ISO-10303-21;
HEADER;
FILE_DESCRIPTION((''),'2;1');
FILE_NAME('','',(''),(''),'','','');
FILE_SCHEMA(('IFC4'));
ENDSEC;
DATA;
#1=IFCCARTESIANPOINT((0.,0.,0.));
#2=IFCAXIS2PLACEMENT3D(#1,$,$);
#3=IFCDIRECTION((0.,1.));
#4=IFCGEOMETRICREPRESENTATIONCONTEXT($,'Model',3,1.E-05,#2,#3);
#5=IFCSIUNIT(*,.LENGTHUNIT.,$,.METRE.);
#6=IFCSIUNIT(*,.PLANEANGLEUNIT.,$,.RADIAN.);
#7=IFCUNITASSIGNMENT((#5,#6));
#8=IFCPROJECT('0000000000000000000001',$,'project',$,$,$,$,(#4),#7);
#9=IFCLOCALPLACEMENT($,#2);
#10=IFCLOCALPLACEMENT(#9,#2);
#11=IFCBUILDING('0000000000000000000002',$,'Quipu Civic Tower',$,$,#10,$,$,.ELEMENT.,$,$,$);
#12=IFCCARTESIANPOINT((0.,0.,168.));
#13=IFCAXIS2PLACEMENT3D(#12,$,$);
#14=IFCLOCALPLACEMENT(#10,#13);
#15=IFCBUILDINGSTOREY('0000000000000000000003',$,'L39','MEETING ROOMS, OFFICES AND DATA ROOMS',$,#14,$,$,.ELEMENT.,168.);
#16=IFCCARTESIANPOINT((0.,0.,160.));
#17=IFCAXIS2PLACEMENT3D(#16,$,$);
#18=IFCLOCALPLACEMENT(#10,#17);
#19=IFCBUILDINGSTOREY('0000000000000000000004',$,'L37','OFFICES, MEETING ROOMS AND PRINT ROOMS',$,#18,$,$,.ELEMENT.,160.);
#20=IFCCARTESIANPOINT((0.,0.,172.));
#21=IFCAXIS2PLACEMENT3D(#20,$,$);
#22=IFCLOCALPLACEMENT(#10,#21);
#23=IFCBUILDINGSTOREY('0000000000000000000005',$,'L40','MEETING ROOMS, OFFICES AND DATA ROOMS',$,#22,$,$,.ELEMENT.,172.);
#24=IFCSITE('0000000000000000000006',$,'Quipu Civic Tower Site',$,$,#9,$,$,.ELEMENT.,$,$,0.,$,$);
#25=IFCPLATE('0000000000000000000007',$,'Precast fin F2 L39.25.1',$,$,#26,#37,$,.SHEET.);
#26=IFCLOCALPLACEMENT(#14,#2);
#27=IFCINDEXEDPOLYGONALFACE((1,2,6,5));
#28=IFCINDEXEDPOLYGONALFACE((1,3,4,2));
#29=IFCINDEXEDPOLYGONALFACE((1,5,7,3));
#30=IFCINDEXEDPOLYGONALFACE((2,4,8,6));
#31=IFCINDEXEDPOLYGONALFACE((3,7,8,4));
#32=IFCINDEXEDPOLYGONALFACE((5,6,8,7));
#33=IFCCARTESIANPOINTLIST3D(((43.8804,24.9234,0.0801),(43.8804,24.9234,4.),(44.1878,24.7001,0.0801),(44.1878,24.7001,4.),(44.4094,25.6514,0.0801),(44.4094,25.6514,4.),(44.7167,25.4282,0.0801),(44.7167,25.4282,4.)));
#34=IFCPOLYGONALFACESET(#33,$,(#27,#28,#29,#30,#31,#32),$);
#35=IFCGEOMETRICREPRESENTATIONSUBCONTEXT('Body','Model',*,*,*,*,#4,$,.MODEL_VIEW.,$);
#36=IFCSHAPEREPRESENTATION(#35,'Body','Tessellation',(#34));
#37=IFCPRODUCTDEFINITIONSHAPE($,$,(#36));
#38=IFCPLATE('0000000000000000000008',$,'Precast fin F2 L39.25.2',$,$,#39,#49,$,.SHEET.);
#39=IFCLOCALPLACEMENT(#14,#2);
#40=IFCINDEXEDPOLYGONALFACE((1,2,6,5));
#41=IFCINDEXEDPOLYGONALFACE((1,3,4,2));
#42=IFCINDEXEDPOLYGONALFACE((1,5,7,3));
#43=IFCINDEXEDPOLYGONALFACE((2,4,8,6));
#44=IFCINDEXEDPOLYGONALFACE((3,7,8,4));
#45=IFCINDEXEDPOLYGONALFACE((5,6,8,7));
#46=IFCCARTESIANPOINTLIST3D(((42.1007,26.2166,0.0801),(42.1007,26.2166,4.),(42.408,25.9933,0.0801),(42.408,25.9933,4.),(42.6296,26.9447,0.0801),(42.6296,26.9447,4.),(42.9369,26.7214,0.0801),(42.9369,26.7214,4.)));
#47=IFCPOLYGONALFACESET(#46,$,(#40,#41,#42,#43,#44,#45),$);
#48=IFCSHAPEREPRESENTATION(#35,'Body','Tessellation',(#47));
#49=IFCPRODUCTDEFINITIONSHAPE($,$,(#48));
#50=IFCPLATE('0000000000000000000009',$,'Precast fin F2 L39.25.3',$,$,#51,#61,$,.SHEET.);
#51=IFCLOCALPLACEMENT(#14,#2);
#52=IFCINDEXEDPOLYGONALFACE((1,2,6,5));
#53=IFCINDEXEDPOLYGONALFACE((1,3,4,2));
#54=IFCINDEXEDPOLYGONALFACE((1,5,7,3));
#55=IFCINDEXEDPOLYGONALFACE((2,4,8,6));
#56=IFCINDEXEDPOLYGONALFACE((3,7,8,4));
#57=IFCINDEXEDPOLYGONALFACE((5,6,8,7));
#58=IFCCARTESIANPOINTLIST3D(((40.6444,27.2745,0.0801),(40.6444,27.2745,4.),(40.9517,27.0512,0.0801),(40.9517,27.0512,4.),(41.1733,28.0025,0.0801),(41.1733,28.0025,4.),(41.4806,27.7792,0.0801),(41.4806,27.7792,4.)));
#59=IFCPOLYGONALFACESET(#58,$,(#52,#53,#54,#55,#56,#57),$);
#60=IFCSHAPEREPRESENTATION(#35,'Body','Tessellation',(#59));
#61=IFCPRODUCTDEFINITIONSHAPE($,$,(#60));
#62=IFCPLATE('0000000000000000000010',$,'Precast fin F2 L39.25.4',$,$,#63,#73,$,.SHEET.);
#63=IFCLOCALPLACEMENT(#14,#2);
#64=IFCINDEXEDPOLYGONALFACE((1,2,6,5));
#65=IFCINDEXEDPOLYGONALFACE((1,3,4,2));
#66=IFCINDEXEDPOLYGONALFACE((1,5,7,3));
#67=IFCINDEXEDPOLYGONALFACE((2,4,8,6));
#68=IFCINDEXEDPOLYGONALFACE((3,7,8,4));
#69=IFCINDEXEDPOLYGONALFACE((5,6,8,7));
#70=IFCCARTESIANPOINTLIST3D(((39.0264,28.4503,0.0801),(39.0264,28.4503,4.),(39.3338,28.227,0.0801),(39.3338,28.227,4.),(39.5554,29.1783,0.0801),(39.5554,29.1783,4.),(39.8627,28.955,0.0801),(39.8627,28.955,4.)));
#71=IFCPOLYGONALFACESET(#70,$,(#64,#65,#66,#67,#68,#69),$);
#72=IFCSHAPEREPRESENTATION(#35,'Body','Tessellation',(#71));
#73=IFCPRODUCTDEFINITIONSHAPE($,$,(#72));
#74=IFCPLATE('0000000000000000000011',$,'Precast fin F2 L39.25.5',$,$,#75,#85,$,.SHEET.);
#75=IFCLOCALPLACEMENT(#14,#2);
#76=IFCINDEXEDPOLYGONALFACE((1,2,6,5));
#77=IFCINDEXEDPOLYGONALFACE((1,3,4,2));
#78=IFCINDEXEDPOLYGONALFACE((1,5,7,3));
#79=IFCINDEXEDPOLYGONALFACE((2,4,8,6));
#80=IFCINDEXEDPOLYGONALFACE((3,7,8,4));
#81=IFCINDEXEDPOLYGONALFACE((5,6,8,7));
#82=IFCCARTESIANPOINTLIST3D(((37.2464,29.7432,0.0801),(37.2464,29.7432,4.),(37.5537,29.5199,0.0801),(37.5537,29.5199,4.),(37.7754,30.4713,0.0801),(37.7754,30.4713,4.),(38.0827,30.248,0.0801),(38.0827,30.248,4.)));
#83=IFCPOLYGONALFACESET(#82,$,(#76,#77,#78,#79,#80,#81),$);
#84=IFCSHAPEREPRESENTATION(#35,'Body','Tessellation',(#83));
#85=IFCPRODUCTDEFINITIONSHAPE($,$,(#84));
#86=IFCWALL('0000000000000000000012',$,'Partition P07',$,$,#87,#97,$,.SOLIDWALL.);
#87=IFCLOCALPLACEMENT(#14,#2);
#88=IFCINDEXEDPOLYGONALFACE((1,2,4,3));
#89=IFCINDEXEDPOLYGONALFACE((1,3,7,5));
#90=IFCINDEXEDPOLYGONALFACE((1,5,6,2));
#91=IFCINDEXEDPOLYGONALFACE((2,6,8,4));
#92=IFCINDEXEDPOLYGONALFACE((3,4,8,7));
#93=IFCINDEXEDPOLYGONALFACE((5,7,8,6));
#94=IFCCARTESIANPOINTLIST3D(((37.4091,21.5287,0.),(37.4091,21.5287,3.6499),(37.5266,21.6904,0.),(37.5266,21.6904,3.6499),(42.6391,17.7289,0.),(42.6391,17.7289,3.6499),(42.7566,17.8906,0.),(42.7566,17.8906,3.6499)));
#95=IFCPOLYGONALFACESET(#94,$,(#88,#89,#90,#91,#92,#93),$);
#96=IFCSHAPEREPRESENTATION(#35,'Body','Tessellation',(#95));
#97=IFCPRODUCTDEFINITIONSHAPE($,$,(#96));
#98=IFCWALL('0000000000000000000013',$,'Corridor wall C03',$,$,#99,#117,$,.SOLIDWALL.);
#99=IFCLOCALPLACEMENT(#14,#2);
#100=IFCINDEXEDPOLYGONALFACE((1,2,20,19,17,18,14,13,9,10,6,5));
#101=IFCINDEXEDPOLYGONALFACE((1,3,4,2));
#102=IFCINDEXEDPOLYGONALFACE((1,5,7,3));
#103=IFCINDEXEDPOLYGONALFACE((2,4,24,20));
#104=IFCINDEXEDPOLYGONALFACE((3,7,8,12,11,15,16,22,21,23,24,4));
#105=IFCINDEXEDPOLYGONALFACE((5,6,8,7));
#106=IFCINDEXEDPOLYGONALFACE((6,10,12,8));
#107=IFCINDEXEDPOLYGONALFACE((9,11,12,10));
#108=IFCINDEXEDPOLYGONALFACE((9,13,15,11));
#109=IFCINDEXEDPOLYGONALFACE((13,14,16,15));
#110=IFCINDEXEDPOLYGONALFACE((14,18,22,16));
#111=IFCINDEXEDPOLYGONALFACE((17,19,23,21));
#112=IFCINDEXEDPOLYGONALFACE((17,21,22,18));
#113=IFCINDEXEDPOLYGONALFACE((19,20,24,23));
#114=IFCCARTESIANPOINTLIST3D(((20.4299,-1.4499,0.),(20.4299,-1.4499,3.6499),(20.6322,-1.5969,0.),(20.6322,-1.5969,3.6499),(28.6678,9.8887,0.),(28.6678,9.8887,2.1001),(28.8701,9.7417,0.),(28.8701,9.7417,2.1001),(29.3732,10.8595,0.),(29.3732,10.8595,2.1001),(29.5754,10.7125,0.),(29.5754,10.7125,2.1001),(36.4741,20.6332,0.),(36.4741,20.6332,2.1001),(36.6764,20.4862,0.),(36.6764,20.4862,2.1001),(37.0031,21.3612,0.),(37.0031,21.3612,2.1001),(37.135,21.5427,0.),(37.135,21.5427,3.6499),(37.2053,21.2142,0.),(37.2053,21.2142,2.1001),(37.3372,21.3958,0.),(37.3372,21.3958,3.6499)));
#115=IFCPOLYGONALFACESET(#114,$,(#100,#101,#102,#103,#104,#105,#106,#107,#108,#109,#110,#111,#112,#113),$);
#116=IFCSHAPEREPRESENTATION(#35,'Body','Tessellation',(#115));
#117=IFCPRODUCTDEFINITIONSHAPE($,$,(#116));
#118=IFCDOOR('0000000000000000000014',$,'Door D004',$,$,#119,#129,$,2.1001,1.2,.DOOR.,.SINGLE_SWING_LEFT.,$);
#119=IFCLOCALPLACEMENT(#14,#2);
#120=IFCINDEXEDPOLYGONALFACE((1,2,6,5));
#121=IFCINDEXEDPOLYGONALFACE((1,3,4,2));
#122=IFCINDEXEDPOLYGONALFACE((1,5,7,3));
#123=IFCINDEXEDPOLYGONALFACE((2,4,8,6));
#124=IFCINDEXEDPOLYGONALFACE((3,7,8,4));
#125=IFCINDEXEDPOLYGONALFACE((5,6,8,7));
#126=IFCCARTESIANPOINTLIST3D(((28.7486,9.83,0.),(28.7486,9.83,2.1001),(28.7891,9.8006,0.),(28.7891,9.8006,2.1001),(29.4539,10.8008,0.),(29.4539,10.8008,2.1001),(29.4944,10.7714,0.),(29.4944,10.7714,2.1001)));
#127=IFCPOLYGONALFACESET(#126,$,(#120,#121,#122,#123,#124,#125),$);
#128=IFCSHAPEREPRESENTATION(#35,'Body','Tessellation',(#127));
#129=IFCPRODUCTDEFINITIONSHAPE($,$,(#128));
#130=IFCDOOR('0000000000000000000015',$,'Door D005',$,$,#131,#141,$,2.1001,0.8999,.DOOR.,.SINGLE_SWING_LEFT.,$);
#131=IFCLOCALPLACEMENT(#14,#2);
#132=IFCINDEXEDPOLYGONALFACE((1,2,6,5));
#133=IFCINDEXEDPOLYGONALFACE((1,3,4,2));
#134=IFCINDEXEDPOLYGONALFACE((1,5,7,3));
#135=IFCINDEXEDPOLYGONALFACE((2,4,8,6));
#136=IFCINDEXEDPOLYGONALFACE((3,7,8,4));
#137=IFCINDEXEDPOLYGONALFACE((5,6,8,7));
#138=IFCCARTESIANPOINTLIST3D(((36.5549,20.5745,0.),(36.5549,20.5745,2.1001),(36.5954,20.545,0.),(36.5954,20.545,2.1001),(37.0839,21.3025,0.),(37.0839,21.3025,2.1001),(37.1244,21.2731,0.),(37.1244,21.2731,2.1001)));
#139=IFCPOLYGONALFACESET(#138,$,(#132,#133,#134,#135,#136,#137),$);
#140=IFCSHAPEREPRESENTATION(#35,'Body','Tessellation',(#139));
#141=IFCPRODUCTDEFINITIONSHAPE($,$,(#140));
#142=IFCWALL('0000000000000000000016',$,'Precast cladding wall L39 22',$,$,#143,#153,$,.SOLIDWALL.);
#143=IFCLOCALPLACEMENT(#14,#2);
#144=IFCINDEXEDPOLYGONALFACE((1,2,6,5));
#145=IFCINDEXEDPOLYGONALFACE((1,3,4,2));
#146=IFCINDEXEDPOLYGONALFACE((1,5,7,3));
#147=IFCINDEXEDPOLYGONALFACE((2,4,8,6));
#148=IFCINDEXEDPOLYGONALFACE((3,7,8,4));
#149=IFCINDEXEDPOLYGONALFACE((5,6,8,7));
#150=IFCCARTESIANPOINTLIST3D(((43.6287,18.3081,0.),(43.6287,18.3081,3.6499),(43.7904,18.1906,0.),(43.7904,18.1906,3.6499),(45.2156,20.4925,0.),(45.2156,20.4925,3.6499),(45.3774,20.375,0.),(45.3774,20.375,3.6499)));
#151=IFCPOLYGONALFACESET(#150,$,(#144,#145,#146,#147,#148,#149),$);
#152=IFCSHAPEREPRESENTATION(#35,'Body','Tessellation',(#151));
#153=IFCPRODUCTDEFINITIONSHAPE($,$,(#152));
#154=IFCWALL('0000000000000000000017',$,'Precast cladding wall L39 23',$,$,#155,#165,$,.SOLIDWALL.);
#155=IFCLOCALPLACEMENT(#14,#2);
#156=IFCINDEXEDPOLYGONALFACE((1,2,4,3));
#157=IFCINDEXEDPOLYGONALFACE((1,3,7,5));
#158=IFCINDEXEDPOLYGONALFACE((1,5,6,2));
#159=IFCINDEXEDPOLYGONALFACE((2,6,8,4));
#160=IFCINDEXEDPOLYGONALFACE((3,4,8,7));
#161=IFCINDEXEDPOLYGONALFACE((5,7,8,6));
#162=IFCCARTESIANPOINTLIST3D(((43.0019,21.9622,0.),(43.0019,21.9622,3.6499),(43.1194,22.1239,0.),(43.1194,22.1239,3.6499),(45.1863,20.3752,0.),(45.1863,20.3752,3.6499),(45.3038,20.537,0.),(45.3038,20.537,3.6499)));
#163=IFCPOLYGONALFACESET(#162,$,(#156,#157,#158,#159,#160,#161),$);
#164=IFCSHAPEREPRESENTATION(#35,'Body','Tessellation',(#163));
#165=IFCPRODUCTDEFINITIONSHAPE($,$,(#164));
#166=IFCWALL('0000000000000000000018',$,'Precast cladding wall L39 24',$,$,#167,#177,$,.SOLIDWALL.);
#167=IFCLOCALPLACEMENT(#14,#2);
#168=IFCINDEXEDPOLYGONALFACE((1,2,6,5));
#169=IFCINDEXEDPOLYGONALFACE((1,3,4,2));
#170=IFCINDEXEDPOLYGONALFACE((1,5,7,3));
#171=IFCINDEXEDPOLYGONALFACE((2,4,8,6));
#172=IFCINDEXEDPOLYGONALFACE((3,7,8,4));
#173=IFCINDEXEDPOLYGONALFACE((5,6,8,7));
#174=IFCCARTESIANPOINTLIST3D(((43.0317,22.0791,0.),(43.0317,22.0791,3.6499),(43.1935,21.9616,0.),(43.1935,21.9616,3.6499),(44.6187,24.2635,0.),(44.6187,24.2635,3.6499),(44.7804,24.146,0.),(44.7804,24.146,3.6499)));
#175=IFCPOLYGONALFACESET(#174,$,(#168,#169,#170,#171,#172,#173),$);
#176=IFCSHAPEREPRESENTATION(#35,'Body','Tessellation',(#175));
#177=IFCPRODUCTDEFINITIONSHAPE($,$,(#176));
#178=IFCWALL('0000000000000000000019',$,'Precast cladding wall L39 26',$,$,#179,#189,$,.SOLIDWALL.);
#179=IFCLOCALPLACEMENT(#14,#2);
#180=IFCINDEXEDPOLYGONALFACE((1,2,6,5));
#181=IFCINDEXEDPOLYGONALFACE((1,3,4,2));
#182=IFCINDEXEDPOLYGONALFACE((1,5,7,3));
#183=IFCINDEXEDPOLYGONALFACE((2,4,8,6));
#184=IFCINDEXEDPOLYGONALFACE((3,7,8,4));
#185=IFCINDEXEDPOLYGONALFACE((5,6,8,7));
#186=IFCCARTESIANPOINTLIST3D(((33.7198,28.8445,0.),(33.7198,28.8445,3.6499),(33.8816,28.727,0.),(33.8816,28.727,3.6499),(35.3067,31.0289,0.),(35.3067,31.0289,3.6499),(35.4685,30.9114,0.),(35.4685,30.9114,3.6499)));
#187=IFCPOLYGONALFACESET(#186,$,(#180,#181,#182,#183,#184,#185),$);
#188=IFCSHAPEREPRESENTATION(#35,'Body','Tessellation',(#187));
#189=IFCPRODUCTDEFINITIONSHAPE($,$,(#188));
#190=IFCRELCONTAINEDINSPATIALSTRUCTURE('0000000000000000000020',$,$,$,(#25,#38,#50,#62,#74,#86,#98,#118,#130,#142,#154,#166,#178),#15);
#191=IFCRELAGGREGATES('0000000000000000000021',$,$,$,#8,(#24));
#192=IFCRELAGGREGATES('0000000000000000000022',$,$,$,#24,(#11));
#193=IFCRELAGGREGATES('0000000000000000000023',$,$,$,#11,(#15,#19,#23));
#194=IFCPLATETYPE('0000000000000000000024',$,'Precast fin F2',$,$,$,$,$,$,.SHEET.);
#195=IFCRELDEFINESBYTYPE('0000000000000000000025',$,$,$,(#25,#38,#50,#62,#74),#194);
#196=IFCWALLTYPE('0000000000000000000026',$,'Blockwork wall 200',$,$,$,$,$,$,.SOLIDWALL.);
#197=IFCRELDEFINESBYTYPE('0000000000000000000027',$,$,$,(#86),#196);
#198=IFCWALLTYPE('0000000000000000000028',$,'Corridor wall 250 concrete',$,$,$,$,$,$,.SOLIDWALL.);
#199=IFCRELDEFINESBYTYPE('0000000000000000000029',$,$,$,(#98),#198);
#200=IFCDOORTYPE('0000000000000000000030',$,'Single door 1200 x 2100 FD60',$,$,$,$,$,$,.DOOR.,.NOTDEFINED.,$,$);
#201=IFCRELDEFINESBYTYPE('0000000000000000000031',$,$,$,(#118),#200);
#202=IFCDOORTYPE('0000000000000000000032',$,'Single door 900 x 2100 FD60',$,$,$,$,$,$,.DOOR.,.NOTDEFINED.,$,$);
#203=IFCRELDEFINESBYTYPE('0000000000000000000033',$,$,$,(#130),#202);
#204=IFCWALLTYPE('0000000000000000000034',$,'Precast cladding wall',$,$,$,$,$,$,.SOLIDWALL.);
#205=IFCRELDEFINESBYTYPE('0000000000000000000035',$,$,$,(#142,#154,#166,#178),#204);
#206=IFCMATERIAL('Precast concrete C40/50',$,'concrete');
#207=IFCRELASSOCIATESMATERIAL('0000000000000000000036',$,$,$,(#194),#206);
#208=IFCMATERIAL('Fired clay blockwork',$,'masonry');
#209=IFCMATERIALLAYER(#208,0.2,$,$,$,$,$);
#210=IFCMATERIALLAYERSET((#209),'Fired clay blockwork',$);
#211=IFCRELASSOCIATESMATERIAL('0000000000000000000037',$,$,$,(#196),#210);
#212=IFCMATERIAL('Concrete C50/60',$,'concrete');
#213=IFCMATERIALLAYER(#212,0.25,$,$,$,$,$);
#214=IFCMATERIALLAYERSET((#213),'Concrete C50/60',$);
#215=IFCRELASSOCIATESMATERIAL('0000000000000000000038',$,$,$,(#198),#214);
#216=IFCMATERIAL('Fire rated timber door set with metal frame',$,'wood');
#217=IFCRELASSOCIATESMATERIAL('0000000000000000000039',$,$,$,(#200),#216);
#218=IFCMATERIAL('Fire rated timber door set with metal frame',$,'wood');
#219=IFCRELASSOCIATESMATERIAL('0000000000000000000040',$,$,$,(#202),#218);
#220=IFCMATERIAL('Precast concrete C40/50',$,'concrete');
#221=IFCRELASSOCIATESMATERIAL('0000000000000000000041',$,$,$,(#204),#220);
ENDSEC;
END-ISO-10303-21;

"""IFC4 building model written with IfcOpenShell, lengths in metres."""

from ifc_helpers import new_model, si_unit, direction, frame, frame_2d, origin, origin_2d, place, context, subcontext, project, spatial, rectangle, extrude, material, layer, layer_set, type_object, element, fill, save


model = new_model("IFC4")

# Units and contexts
model_context = context("Model", 3, precision=1e-05, world=origin(), true_north=direction((0.0, 1.0)))
body_context = subcontext(model_context, "Body", "Model", "MODEL_VIEW")
ifc_project = project(units=[si_unit("LENGTHUNIT", "METRE"), si_unit("PLANEANGLEUNIT", "RADIAN")], contexts=[model_context])

# Site, building, storey
site_placement = place(None, origin())
site = spatial("IfcSite", under=ifc_project, at=site_placement, Name="Quipu Civic Tower Site", CompositionType="ELEMENT", RefElevation=0.0)
building_placement = place(site_placement, origin())
building = spatial("IfcBuilding", under=site, at=building_placement, Name="Quipu Civic Tower", CompositionType="ELEMENT")
storey_1_placement = place(building_placement, frame((0.0, 0.0, 168.0)))
storey_1 = spatial("IfcBuildingStorey", under=building, at=storey_1_placement, Name="L39", Description="MEETING ROOMS, OFFICES AND DATA ROOMS", CompositionType="ELEMENT", Elevation=168.0)

# Shared definitions
storey_2_placement = place(building_placement, frame((0.0, 0.0, 160.0)))
storey_2 = spatial("IfcBuildingStorey", under=building, at=storey_2_placement, Name="L37", Description="OFFICES, MEETING ROOMS AND PRINT ROOMS", CompositionType="ELEMENT", Elevation=160.0)

# Shared definitions
storey_3_placement = place(building_placement, frame((0.0, 0.0, 172.0)))
storey_3 = spatial("IfcBuildingStorey", under=building, at=storey_3_placement, Name="L40", Description="MEETING ROOMS, OFFICES AND DATA ROOMS", CompositionType="ELEMENT", Elevation=172.0)

# Plates
ifc_material_1 = material(Name="Precast concrete C40/50", Category="concrete")
plate_type_1 = type_object("IfcPlateType", Name="Precast fin F2", PredefinedType="SHEET", material=ifc_material_1)
for number, where, z_axis, x_axis, name in (
    (1, (44.2986, 25.1758, 0.0801), (0.0, 0.0, 1.0), (-0.809017, 0.587785, 0.0), "Precast fin F2 L39.25.1"),
    (2, (42.5188, 26.469, 0.0801), (0.0, 0.0, 1.0), (-0.809017, 0.587785, 0.0), "Precast fin F2 L39.25.2"),
    (3, (41.0625, 27.5269, 0.0801), (0.0, 0.0, 1.0), (-0.809017, 0.587785, 0.0), "Precast fin F2 L39.25.3"),
    (4, (39.4446, 28.7026, 0.0801), (0.0, 0.0, 1.0), (-0.809017, 0.587785, 0.0), "Precast fin F2 L39.25.4"),
    (5, (37.6646, 29.9956, 0.0801), (0.0, 0.0, 1.0), (-0.809017, 0.587785, 0.0), "Precast fin F2 L39.25.5"),
):
    element("IfcPlate", number, at=place(storey_1_placement, frame(where, z_axis=z_axis, x_axis=x_axis)), inside=storey_1, type_object=plate_type_1, Name=name, PredefinedType="SHEET", context=body_context, shape_type="SweptSolid", body=[
        extrude(rectangle(XDim=0.3799, YDim=0.8999, at=origin_2d()), origin(), (0.0, 0.0, 1.0), 3.9199),
    ])

# Wall
ifc_material_2 = material(Name="Fired clay blockwork", Category="masonry")
ifc_layer_1 = layer(ifc_material_2, 0.2)
ifc_layer_set_1 = layer_set([ifc_layer_1], Name="Fired clay blockwork")
wall_type_1 = type_object("IfcWallType", Name="Blockwork wall 200", PredefinedType="SOLIDWALL", material=ifc_layer_set_1)
wall_1_placement = place(storey_1_placement, frame((37.4678, 21.6096, 0.0), z_axis=(0.0, 0.0, 1.0), x_axis=(0.809017, -0.587785, 0.0)))
element("IfcWall", 6, at=wall_1_placement, inside=storey_1, type_object=wall_type_1, Name="Partition P07", PredefinedType="SOLIDWALL", context=body_context, shape_type="SweptSolid", body=[
    extrude(rectangle(XDim=6.4646, YDim=0.2, at=frame_2d((3.2324, 0.0))), origin(), (0.0, 0.0, 1.0), 3.6499),
])

# Wall, openings, doors
ifc_material_3 = material(Name="Concrete C50/60", Category="concrete")
ifc_layer_2 = layer(ifc_material_3, 0.25)
ifc_layer_set_2 = layer_set([ifc_layer_2], Name="Concrete C50/60")
wall_type_2 = type_object("IfcWallType", Name="Corridor wall 250 concrete", PredefinedType="SOLIDWALL", material=ifc_layer_set_2)
wall_2_placement = place(storey_1_placement, frame((37.2361, 21.4692, 0.0), z_axis=(0.0, 0.0, 1.0), x_axis=(-0.587783, -0.809018, 0.0)))
wall_2 = element("IfcWall", 7, at=wall_2_placement, inside=storey_1, type_object=wall_type_2, Name="Corridor wall C03", PredefinedType="SOLIDWALL", context=body_context, shape_type="SweptSolid", body=[
    extrude(rectangle(XDim=28.4204, YDim=0.25, at=frame_2d((14.2102, 0.0))), origin(), (0.0, 0.0, 1.0), 3.6499),
])
opening_1_placement = place(wall_2_placement, frame((13.2051, 0.0, 0.0)))
opening_1 = element("IfcOpeningElement", 8, at=opening_1_placement, cuts=wall_2, PredefinedType="OPENING", context=body_context, shape_type="SweptSolid", body=[
    extrude(rectangle(XDim=1.2, YDim=2.1001, at=frame_2d((0.6001, 1.05))), frame((0.0, 0.135, 0.0), z_axis=(0.0, -1.0, 0.0), x_axis=(1.0, 0.0, 0.0)), (0.0, 0.0, 1.0), 0.27),
])
opening_2_placement = place(wall_2_placement, frame((0.2244, 0.0, 0.0)))
opening_2 = element("IfcOpeningElement", 9, at=opening_2_placement, cuts=wall_2, PredefinedType="OPENING", context=body_context, shape_type="SweptSolid", body=[
    extrude(rectangle(XDim=0.8999, YDim=2.1001, at=frame_2d((0.45, 1.05))), frame((0.0, 0.135, 0.0), z_axis=(0.0, -1.0, 0.0), x_axis=(1.0, 0.0, 0.0)), (0.0, 0.0, 1.0), 0.27),
])
ifc_material_4 = material(Name="Fire rated timber door set with metal frame", Category="wood")
door_type_1 = type_object("IfcDoorType", Name="Single door 1200 x 2100 FD60", OperationType="NOTDEFINED", PredefinedType="DOOR", material=ifc_material_4)
door_1_placement = place(opening_1_placement, origin())
door_1 = element("IfcDoor", 10, at=door_1_placement, inside=storey_1, type_object=door_type_1, Name="Door D004", OperationType="SINGLE_SWING_LEFT", OverallHeight=2.1001, OverallWidth=1.2, PredefinedType="DOOR", context=body_context, shape_type="SweptSolid", body=[
    extrude(rectangle(XDim=1.2, YDim=2.1001, at=frame_2d((0.6001, 1.05))), frame((0.0, 0.0249, 0.0), z_axis=(0.0, -1.0, 0.0), x_axis=(1.0, 0.0, 0.0)), (0.0, 0.0, 1.0), 0.05),
])
fill(opening_1, door_1)
ifc_material_5 = material(Name="Fire rated timber door set with metal frame", Category="wood")
door_type_2 = type_object("IfcDoorType", Name="Single door 900 x 2100 FD60", OperationType="NOTDEFINED", PredefinedType="DOOR", material=ifc_material_5)
door_2_placement = place(opening_2_placement, origin())
door_2 = element("IfcDoor", 11, at=door_2_placement, inside=storey_1, type_object=door_type_2, Name="Door D005", OperationType="SINGLE_SWING_LEFT", OverallHeight=2.1001, OverallWidth=0.8999, PredefinedType="DOOR", context=body_context, shape_type="SweptSolid", body=[
    extrude(rectangle(XDim=0.8999, YDim=2.1001, at=frame_2d((0.45, 1.05))), frame((0.0, 0.0249, 0.0), z_axis=(0.0, -1.0, 0.0), x_axis=(1.0, 0.0, 0.0)), (0.0, 0.0, 1.0), 0.05),
])
fill(opening_2, door_2)

# Walls
ifc_material_6 = material(Name="Precast concrete C40/50", Category="concrete")
wall_type_3 = type_object("IfcWallType", Name="Precast cladding wall", PredefinedType="SOLIDWALL", material=ifc_material_6)
for number, where, z_axis, x_axis, name in (
    (12, (43.7095, 18.2493, 0.0), (0.0, 0.0, 1.0), (0.587763, 0.809033, 0.0), "Precast cladding wall L39 22"),
    (13, (45.2451, 20.4561, 0.0), (0.0, 0.0, 1.0), (-0.809033, 0.587763, 0.0), "Precast cladding wall L39 23"),
    (14, (43.1125, 22.0203, 0.0), (0.0, 0.0, 1.0), (0.587763, 0.809033, 0.0), "Precast cladding wall L39 24"),
    (15, (35.3877, 30.9702, 0.0), (0.0, 0.0, 1.0), (-0.587763, -0.809033, 0.0), "Precast cladding wall L39 26"),
):
    element("IfcWall", number, at=place(storey_1_placement, frame(where, z_axis=z_axis, x_axis=x_axis)), inside=storey_1, type_object=wall_type_3, Name=name, PredefinedType="SOLIDWALL", context=body_context, shape_type="SweptSolid", body=[
        extrude(rectangle(XDim=2.7, YDim=0.2, at=frame_2d((1.3501, 0.0))), origin(), (0.0, 0.0, 1.0), 3.6499),
    ])

save(model, "model.ifc")
